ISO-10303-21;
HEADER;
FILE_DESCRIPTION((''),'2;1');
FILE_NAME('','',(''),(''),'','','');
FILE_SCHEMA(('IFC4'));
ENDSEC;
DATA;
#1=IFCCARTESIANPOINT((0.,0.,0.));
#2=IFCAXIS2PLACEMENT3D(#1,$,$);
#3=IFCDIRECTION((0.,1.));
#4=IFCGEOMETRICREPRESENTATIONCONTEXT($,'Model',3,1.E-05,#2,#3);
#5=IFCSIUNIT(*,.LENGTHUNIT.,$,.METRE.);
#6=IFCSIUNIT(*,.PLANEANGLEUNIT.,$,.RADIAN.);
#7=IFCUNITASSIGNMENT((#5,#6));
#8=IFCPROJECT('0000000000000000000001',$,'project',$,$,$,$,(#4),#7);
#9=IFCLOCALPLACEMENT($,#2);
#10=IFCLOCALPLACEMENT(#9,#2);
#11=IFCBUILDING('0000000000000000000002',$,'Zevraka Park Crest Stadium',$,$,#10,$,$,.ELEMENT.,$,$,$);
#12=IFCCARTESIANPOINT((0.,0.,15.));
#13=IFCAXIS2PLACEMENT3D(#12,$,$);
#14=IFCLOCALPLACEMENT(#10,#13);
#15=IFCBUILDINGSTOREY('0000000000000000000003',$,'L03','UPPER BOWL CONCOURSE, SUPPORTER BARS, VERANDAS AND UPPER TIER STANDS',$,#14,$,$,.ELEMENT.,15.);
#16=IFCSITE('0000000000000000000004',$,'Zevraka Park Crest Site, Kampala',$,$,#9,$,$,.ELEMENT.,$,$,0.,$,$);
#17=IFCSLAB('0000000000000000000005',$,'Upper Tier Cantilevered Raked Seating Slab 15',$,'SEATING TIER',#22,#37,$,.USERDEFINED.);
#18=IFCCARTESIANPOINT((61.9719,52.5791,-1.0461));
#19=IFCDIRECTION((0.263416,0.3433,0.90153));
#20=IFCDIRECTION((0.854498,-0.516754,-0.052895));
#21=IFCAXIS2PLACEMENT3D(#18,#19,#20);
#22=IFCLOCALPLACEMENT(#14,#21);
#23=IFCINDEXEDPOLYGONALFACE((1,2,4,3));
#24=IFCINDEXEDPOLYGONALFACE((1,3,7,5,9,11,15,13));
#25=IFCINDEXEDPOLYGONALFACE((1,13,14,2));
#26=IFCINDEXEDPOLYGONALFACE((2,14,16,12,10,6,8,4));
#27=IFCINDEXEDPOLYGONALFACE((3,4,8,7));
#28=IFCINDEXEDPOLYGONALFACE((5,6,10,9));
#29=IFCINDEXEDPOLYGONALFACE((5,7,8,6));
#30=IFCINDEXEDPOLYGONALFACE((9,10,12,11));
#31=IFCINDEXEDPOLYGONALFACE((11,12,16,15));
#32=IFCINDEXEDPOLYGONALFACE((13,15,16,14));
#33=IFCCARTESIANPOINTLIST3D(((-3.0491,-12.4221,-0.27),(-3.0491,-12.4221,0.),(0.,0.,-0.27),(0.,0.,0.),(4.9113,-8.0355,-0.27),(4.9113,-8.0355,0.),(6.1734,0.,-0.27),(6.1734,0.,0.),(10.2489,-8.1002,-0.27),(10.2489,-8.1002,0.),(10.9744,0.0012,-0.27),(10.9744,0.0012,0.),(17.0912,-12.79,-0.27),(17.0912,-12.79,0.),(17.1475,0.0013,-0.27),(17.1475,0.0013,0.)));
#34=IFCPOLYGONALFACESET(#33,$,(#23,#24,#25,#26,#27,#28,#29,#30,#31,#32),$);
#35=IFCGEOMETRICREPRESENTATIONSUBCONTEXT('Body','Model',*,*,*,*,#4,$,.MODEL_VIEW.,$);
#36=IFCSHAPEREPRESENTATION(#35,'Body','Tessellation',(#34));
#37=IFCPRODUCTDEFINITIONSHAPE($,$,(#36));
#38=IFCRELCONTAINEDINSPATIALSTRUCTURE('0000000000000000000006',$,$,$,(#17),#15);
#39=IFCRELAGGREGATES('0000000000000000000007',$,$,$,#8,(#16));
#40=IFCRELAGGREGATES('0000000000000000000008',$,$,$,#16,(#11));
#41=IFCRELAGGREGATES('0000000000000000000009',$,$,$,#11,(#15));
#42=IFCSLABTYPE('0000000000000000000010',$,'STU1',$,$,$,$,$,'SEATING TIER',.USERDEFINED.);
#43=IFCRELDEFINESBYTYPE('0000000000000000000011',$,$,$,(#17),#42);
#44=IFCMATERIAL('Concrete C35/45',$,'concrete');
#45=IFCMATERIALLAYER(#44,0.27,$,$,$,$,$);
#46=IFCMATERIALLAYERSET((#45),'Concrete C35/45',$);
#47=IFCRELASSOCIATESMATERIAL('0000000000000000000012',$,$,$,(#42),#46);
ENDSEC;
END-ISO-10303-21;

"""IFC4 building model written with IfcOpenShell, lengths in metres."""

from ifc_helpers import new_model, si_unit, direction, frame, origin, place, context, subcontext, project, spatial, polyline, outline, extrude, material, layer, layer_set, type_object, element, save


model = new_model("IFC4")

# Units and contexts
model_context = context("Model", 3, precision=1e-05, world=origin(), true_north=direction((0.0, 1.0)))
body_context = subcontext(model_context, "Body", "Model", "MODEL_VIEW")
ifc_project = project(units=[si_unit("LENGTHUNIT", "METRE"), si_unit("PLANEANGLEUNIT", "RADIAN")], contexts=[model_context])

# Site, building, storey
site_placement = place(None, origin())
site = spatial("IfcSite", under=ifc_project, at=site_placement, Name="Zevraka Park Crest Site, Kampala", CompositionType="ELEMENT", RefElevation=0.0)
building_placement = place(site_placement, origin())
building = spatial("IfcBuilding", under=site, at=building_placement, Name="Zevraka Park Crest Stadium", CompositionType="ELEMENT")
storey_placement = place(building_placement, frame((0.0, 0.0, 15.0)))
storey = spatial("IfcBuildingStorey", under=building, at=storey_placement, Name="L03", Description="UPPER BOWL CONCOURSE, SUPPORTER BARS, VERANDAS AND UPPER TIER STANDS", CompositionType="ELEMENT", Elevation=15.0)

# Slab
ifc_material_1 = material(Name="Concrete C35/45", Category="concrete")
ifc_layer_1 = layer(ifc_material_1, 0.27)
ifc_layer_set_1 = layer_set([ifc_layer_1], Name="Concrete C35/45")
slab_type = type_object("IfcSlabType", Name="STU1", ElementType="SEATING TIER", PredefinedType="USERDEFINED", material=ifc_layer_set_1)
slab_1_placement = place(storey_placement, frame((61.9719, 52.5791, -1.0461), z_axis=(0.263416, 0.3433, 0.90153), x_axis=(0.854498, -0.516754, -0.052895)))
element("IfcSlab", 1, at=slab_1_placement, inside=storey, type_object=slab_type, Name="Upper Tier Cantilevered Raked Seating Slab 15", ObjectType="SEATING TIER", PredefinedType="USERDEFINED", context=body_context, shape_type="SweptSolid", body=[
    extrude(outline(polyline([(0.0, 0.0), (6.1734, 0.0), (4.9113, -8.0355), (10.2489, -8.1002), (10.9744, 0.0012), (17.1475, 0.0013), (17.0912, -12.79), (-3.0491, -12.4221), (0.0, 0.0)])), origin(), (0.0, 0.0, -1.0), 0.27),
])

save(model, "model.ifc")
